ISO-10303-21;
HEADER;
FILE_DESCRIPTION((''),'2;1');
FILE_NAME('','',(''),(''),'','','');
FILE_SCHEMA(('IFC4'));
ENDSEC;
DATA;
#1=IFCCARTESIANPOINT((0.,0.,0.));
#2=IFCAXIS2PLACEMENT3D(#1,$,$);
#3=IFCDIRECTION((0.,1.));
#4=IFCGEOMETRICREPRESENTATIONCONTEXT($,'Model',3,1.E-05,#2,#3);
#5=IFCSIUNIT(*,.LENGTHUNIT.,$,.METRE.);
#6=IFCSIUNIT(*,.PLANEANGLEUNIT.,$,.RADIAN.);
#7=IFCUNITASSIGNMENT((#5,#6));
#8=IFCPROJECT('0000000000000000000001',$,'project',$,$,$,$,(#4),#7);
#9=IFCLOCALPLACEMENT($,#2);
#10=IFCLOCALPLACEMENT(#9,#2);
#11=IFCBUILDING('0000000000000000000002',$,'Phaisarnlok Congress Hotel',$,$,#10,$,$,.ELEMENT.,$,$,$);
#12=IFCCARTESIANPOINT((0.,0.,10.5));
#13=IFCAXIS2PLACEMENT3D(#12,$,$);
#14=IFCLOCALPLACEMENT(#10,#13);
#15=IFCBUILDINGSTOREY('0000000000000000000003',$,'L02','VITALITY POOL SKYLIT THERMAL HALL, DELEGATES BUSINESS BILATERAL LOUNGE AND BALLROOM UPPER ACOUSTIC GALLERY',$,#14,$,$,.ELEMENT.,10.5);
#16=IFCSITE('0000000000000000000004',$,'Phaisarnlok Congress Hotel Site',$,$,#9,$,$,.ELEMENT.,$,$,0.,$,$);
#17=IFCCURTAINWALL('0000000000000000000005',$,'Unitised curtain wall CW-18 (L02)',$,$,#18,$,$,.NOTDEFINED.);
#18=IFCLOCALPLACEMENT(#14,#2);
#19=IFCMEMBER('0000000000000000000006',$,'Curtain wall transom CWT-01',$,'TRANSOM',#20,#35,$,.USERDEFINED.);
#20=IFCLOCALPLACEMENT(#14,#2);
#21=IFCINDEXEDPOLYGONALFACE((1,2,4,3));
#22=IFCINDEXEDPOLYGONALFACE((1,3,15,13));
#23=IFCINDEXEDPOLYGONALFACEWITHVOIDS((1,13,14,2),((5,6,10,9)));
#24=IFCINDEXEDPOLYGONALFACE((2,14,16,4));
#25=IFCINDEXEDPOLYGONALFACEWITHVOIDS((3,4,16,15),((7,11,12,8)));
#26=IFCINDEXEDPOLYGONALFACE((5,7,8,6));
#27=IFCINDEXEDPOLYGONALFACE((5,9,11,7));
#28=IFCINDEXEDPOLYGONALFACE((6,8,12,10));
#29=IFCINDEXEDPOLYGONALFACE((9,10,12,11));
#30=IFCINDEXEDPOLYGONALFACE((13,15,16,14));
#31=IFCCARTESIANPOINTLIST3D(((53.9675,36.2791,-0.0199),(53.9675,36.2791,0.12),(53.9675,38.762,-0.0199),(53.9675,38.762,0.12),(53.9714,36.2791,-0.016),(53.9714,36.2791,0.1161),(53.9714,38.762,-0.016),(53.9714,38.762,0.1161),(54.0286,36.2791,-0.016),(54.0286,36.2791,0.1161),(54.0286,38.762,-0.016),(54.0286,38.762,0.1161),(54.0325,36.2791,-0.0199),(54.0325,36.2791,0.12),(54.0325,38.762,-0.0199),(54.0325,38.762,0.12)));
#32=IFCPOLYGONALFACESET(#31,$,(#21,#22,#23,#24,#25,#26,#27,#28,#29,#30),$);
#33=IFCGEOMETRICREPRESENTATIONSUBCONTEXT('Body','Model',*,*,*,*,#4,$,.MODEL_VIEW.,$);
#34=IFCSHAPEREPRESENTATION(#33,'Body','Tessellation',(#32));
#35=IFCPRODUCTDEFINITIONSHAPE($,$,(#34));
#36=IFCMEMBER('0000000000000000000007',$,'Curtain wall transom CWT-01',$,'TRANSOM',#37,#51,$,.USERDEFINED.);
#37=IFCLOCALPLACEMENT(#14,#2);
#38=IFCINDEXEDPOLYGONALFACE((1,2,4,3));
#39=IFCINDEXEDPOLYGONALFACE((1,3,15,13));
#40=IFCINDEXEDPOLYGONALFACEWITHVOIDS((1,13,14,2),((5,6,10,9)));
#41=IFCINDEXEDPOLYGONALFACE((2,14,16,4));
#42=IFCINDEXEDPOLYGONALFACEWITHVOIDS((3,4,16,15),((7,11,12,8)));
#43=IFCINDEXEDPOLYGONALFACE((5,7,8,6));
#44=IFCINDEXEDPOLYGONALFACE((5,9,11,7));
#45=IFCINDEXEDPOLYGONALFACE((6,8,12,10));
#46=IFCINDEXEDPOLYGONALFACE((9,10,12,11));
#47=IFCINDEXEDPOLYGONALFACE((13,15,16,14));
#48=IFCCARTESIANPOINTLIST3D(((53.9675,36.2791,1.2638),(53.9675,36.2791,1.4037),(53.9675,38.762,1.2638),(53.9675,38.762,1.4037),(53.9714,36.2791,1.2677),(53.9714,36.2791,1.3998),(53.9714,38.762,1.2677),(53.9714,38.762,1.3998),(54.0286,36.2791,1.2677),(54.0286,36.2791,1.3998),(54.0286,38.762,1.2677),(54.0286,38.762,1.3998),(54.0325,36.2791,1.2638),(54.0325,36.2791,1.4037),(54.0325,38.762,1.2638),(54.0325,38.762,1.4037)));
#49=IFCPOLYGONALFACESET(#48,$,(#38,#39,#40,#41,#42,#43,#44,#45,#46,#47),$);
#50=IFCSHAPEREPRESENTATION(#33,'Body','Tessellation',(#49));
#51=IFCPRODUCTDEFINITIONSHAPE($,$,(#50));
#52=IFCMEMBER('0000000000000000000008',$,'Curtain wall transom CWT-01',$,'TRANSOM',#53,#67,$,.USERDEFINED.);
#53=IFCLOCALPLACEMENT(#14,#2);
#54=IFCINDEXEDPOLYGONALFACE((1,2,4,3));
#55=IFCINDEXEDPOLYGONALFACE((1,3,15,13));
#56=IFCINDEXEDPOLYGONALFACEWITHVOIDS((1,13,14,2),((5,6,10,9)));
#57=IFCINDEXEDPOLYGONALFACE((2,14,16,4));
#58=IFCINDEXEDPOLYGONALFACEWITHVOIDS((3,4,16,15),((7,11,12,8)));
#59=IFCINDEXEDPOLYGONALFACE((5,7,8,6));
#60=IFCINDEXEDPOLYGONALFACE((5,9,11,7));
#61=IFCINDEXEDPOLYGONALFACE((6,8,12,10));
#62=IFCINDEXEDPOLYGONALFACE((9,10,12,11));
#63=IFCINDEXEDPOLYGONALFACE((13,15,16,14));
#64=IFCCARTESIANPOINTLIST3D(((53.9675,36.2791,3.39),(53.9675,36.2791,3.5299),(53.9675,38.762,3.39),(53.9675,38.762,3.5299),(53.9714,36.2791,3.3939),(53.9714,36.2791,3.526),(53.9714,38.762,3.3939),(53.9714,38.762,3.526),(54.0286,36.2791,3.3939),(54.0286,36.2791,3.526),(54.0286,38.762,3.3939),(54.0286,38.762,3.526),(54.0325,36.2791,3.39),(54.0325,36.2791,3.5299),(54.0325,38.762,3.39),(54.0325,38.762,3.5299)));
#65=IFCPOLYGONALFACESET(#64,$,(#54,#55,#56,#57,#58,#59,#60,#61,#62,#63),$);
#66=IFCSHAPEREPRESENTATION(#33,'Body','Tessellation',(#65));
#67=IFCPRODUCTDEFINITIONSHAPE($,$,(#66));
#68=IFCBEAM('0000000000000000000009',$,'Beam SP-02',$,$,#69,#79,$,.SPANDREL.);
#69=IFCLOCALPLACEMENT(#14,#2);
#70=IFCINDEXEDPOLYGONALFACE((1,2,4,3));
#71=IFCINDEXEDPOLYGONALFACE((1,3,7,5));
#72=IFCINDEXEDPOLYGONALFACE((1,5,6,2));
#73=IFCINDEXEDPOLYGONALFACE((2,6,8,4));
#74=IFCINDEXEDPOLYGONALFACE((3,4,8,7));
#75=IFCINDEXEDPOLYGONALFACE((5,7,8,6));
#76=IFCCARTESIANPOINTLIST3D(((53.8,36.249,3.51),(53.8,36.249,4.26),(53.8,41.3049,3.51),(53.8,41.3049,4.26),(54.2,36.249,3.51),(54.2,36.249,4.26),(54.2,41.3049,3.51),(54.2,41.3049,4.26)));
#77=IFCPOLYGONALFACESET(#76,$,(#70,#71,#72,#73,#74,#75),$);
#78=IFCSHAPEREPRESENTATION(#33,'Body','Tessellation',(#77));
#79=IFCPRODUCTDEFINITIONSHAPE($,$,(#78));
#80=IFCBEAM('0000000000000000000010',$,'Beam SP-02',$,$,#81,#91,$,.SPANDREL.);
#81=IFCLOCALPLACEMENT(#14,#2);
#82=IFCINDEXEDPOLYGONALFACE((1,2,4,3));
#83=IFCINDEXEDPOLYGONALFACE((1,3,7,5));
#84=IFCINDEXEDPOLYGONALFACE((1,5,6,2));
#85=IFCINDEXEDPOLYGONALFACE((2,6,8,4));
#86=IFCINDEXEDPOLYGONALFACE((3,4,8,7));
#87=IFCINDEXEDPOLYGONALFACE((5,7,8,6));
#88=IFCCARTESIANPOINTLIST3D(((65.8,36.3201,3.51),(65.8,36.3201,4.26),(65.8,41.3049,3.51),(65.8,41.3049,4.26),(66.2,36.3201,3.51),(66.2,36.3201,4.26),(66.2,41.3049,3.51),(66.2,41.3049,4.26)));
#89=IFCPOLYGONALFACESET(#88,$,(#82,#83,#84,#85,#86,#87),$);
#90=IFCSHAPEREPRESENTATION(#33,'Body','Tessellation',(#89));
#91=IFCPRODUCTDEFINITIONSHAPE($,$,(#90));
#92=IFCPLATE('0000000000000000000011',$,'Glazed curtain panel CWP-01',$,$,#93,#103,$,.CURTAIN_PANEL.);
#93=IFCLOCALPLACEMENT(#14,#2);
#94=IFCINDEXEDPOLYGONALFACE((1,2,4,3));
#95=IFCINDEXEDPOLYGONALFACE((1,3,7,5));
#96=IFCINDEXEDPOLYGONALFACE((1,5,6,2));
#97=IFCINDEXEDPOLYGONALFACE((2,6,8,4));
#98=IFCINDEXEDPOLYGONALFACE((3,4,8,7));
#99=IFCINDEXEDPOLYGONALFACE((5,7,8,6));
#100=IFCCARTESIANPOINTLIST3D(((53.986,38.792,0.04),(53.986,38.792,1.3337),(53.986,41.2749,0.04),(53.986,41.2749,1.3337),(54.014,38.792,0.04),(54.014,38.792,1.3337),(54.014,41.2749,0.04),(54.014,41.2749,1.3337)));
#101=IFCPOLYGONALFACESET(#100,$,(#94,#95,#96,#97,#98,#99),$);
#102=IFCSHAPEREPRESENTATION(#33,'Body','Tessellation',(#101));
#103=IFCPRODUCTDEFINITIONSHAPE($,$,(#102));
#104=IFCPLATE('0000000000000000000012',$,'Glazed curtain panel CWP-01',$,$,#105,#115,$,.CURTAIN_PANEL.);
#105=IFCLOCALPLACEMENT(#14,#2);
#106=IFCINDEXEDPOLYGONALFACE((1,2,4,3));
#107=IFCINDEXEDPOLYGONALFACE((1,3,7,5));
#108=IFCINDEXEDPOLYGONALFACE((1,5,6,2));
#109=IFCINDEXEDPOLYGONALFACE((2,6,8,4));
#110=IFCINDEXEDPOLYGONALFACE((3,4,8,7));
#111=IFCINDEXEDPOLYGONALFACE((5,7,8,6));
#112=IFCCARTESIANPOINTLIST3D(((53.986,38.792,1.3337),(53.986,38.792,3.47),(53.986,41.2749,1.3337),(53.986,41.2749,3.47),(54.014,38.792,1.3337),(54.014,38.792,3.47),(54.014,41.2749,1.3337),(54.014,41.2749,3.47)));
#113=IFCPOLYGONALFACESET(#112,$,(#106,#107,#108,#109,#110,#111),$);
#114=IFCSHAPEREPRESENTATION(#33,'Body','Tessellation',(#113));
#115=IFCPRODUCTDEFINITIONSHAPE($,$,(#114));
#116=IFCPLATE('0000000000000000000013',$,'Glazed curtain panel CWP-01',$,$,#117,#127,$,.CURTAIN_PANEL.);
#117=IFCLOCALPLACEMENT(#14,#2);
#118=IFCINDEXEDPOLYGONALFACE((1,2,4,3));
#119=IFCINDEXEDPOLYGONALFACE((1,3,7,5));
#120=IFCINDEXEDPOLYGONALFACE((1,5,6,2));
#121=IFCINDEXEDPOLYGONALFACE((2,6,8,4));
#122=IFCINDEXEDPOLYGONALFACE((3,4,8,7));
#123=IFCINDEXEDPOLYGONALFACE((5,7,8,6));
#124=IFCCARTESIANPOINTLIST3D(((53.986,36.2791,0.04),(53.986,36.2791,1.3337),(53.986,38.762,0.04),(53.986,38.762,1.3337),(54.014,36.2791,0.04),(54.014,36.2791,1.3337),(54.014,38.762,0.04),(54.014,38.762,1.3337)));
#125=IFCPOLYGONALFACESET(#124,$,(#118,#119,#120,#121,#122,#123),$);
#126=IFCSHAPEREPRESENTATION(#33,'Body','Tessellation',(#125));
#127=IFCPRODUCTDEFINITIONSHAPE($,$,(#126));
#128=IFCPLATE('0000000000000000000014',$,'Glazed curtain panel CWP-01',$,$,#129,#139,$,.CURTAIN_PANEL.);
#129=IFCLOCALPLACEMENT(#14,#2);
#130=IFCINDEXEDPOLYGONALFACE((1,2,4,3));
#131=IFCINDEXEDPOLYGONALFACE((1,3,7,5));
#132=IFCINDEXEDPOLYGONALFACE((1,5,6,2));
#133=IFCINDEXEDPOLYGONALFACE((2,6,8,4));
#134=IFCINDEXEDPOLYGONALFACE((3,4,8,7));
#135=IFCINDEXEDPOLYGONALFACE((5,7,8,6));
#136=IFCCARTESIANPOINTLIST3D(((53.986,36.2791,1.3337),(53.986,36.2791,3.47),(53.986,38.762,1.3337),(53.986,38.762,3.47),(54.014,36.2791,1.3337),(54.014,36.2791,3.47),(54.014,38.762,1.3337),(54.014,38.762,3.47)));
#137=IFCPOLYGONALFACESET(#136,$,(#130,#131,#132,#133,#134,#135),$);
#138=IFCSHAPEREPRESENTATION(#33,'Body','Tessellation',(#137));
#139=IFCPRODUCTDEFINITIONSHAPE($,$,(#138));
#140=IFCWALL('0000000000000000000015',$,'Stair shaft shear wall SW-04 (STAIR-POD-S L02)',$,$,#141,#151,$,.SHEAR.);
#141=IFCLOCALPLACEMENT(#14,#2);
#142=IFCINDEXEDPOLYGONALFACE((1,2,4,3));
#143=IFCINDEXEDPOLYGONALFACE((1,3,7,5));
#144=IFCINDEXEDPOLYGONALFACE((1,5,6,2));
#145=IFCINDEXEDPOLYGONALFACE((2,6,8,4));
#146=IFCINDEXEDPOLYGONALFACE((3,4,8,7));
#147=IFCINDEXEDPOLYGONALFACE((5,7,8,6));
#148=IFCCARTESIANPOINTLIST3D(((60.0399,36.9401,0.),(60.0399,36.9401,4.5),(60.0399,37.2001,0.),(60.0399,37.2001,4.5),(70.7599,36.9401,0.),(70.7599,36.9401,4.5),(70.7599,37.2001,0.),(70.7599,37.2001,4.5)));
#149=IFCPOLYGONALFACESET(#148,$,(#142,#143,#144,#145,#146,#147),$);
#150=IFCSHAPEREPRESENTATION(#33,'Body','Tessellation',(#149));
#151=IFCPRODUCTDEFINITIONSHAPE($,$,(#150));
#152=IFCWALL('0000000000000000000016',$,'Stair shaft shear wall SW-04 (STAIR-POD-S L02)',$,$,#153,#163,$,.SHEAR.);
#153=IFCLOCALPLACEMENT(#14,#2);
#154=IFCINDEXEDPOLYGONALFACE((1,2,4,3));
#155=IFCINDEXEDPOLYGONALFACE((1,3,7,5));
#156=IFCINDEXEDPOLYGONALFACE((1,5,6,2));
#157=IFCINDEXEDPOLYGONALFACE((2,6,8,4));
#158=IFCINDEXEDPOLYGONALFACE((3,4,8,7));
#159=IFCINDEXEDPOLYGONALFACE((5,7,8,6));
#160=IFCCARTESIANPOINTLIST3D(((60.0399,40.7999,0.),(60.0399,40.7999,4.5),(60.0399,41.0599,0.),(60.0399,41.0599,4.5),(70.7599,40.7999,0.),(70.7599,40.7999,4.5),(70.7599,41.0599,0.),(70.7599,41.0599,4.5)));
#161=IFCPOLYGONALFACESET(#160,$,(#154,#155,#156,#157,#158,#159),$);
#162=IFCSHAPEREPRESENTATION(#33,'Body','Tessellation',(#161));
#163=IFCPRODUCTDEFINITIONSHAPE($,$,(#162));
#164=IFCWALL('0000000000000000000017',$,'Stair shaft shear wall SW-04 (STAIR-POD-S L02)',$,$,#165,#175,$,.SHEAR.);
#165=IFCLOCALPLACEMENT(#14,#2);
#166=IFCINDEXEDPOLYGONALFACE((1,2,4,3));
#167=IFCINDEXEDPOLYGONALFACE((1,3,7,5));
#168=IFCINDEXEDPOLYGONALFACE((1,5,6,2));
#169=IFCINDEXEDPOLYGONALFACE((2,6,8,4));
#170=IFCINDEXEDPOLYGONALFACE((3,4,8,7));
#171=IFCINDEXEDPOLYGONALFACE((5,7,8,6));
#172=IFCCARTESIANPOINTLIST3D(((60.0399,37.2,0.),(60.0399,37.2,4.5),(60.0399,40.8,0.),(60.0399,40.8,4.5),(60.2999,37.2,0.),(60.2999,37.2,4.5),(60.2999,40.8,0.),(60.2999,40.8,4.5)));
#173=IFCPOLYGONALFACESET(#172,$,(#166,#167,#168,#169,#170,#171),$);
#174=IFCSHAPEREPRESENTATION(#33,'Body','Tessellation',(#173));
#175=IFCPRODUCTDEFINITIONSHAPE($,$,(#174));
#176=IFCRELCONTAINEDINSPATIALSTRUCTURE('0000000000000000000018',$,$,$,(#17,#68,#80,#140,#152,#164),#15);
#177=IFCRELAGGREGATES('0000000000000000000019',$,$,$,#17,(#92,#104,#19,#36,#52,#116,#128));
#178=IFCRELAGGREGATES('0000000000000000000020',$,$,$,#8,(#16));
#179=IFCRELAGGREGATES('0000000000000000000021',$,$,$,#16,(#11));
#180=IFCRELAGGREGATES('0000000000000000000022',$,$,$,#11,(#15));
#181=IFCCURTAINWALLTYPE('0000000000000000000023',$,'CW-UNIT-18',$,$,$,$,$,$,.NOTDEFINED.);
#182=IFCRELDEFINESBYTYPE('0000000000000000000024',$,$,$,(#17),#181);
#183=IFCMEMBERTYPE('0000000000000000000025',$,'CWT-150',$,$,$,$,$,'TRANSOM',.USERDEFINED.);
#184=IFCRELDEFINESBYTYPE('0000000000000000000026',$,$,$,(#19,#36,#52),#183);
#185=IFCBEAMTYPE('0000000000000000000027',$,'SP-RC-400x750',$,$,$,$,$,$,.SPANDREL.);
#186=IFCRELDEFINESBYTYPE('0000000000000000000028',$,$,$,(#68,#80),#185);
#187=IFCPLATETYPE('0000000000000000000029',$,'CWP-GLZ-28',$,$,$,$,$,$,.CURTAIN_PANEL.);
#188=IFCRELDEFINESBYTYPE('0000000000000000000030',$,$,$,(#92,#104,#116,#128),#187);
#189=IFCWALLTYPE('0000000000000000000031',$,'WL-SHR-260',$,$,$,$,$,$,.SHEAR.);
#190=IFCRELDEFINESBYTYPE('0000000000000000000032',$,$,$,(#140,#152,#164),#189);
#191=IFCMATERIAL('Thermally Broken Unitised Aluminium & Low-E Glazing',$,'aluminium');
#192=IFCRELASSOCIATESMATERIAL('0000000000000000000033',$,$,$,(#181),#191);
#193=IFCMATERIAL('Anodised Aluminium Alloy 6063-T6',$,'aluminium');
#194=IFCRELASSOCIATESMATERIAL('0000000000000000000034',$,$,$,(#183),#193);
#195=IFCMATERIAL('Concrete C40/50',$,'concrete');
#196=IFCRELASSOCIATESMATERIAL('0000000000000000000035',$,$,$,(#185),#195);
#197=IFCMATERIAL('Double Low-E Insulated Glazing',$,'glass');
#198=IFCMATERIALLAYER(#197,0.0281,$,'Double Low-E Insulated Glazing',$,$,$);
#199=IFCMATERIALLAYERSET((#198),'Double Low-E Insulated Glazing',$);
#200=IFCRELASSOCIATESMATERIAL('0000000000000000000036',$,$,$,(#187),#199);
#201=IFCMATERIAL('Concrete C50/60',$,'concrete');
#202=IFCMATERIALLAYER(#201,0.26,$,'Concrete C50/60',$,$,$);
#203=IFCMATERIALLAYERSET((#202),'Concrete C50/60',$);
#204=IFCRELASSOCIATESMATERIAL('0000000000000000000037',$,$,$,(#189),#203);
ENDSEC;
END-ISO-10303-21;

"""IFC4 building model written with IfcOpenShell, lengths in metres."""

from ifc_helpers import new_model, si_unit, direction, frame, frame_2d, origin, origin_2d, place, context, subcontext, project, spatial, rectangle, hollow_rectangle, extrude, material, layer, layer_set, material_profile, profile_set, type_object, element, aggregate, save


model = new_model("IFC4")

# Units and contexts
model_context = context("Model", 3, precision=1e-05, world=origin(), true_north=direction((0.0, 1.0)))
body_context = subcontext(model_context, "Body", "Model", "MODEL_VIEW")
ifc_project = project(units=[si_unit("LENGTHUNIT", "METRE"), si_unit("PLANEANGLEUNIT", "RADIAN")], contexts=[model_context])

# Site, building, storey
site_placement = place(None, origin())
site = spatial("IfcSite", under=ifc_project, at=site_placement, Name="Phaisarnlok Congress Hotel Site", CompositionType="ELEMENT", RefElevation=0.0)
building_placement = place(site_placement, origin())
building = spatial("IfcBuilding", under=site, at=building_placement, Name="Phaisarnlok Congress Hotel", CompositionType="ELEMENT")
storey_placement = place(building_placement, frame((0.0, 0.0, 10.5)))
storey = spatial("IfcBuildingStorey", under=building, at=storey_placement, Name="L02", Description="VITALITY POOL SKYLIT THERMAL HALL, DELEGATES BUSINESS BILATERAL LOUNGE AND BALLROOM UPPER ACOUSTIC GALLERY", CompositionType="ELEMENT", Elevation=10.5)

# Shared definitions
ifc_material_1 = material(Name="Concrete C50/60", Category="concrete")

# Shared definitions
ifc_material_2 = material(Name="Concrete C40/50", Category="concrete")

# Curtain wall, members
ifc_material_3 = material(Name="Thermally Broken Unitised Aluminium & Low-E Glazing", Category="aluminium")
curtain_wall_type = type_object("IfcCurtainWallType", Name="CW-UNIT-18", PredefinedType="NOTDEFINED", material=ifc_material_3)
curtain_wall_placement = place(storey_placement, origin())
curtain_wall = element("IfcCurtainWall", 1, at=curtain_wall_placement, inside=storey, type_object=curtain_wall_type, Name="Unitised curtain wall CW-18 (L02)", PredefinedType="NOTDEFINED")
ifc_material_4 = material(Name="Anodised Aluminium Alloy 6063-T6", Category="aluminium")
ifc_material_profile_1 = material_profile(ifc_material_4, hollow_rectangle(XDim=0.0649, YDim=0.1399, WallThickness=0.0039, at=origin_2d()), Name="ALU-T 65x140x4")
ifc_profile_set_1 = profile_set([ifc_material_profile_1], Name="Anodised Aluminium Alloy 6063-T6")
member_type_1 = type_object("IfcMemberType", Name="CWT-150", ElementType="TRANSOM", PredefinedType="USERDEFINED", material=ifc_profile_set_1)
member_1_placement = place(storey_placement, frame((54.0, 38.762, 0.05), z_axis=(0.0, -1.0, 0.0), x_axis=(1.0, 0.0, 0.0)))
member_1 = element("IfcMember", 2, at=member_1_placement, type_object=member_type_1, Name="Curtain wall transom CWT-01", ObjectType="TRANSOM", PredefinedType="USERDEFINED", context=body_context, shape_type="SweptSolid", body=[
    extrude(hollow_rectangle(XDim=0.0649, YDim=0.1399, WallThickness=0.0039, at=origin_2d()), origin(), (0.0, 0.0, 1.0), 2.4829),
])
member_2_placement = place(storey_placement, frame((54.0, 38.762, 1.3337), z_axis=(0.0, -1.0, 0.0), x_axis=(1.0, 0.0, 0.0)))
member_2 = element("IfcMember", 3, at=member_2_placement, type_object=member_type_1, Name="Curtain wall transom CWT-01", ObjectType="TRANSOM", PredefinedType="USERDEFINED", context=body_context, shape_type="SweptSolid", body=[
    extrude(hollow_rectangle(XDim=0.0649, YDim=0.1399, WallThickness=0.0039, at=origin_2d()), origin(), (0.0, 0.0, 1.0), 2.4829),
])
member_3_placement = place(storey_placement, frame((54.0, 38.762, 3.46), z_axis=(0.0, -1.0, 0.0), x_axis=(1.0, 0.0, 0.0)))
member_3 = element("IfcMember", 4, at=member_3_placement, type_object=member_type_1, Name="Curtain wall transom CWT-01", ObjectType="TRANSOM", PredefinedType="USERDEFINED", context=body_context, shape_type="SweptSolid", body=[
    extrude(hollow_rectangle(XDim=0.0649, YDim=0.1399, WallThickness=0.0039, at=origin_2d()), origin(), (0.0, 0.0, 1.0), 2.4829),
])

# Beams
ifc_material_profile_2 = material_profile(ifc_material_2, rectangle(XDim=0.3999, YDim=0.75, at=origin_2d()), Name="RC 400x750")
ifc_profile_set_2 = profile_set([ifc_material_profile_2], Name="Concrete C40/50")
beam_type_1 = type_object("IfcBeamType", Name="SP-RC-400x750", PredefinedType="SPANDREL", material=ifc_profile_set_2)
beam_1_placement = place(storey_placement, frame((54.0, 36.249, 3.885), z_axis=(0.0, 1.0, 0.0), x_axis=(-1.0, 0.0, 0.0)))
element("IfcBeam", 5, at=beam_1_placement, inside=storey, type_object=beam_type_1, Name="Beam SP-02", PredefinedType="SPANDREL", context=body_context, shape_type="SweptSolid", body=[
    extrude(rectangle(XDim=0.3999, YDim=0.75, at=origin_2d()), origin(), (0.0, 0.0, 1.0), 5.0559),
])
beam_2_placement = place(storey_placement, frame((66.0, 36.3201, 3.885), z_axis=(0.0, 1.0, 0.0), x_axis=(-1.0, 0.0, 0.0)))
element("IfcBeam", 6, at=beam_2_placement, inside=storey, type_object=beam_type_1, Name="Beam SP-02", PredefinedType="SPANDREL", context=body_context, shape_type="SweptSolid", body=[
    extrude(rectangle(XDim=0.3999, YDim=0.75, at=origin_2d()), origin(), (0.0, 0.0, 1.0), 4.9849),
])

# Plates
ifc_material_5 = material(Name="Double Low-E Insulated Glazing", Category="glass")
ifc_layer_1 = layer(ifc_material_5, 0.0281, Name="Double Low-E Insulated Glazing")
ifc_layer_set_1 = layer_set([ifc_layer_1], Name="Double Low-E Insulated Glazing")
plate_type = type_object("IfcPlateType", Name="CWP-GLZ-28", PredefinedType="CURTAIN_PANEL", material=ifc_layer_set_1)
plate_1_placement = place(storey_placement, frame((54.0, 41.2749, 0.04), z_axis=(0.0, 0.0, 1.0), x_axis=(0.0, -1.0, 0.0)))
plate_1 = element("IfcPlate", 7, at=plate_1_placement, type_object=plate_type, Name="Glazed curtain panel CWP-01", PredefinedType="CURTAIN_PANEL", context=body_context, shape_type="SweptSolid", body=[
    extrude(rectangle(XDim=2.4829, YDim=0.0281, at=frame_2d((1.2415, 0.0))), origin(), (0.0, 0.0, 1.0), 1.2937),
])
plate_2_placement = place(storey_placement, frame((54.0, 41.2749, 1.3337), z_axis=(0.0, 0.0, 1.0), x_axis=(0.0, -1.0, 0.0)))
plate_2 = element("IfcPlate", 8, at=plate_2_placement, type_object=plate_type, Name="Glazed curtain panel CWP-01", PredefinedType="CURTAIN_PANEL", context=body_context, shape_type="SweptSolid", body=[
    extrude(rectangle(XDim=2.4829, YDim=0.0281, at=frame_2d((1.2415, 0.0))), origin(), (0.0, 0.0, 1.0), 2.1362),
])
plate_3_placement = place(storey_placement, frame((54.0, 38.762, 0.04), z_axis=(0.0, 0.0, 1.0), x_axis=(0.0, -1.0, 0.0)))
plate_3 = element("IfcPlate", 9, at=plate_3_placement, type_object=plate_type, Name="Glazed curtain panel CWP-01", PredefinedType="CURTAIN_PANEL", context=body_context, shape_type="SweptSolid", body=[
    extrude(rectangle(XDim=2.4829, YDim=0.0281, at=frame_2d((1.2415, 0.0))), origin(), (0.0, 0.0, 1.0), 1.2937),
])
plate_4_placement = place(storey_placement, frame((54.0, 38.762, 1.3337), z_axis=(0.0, 0.0, 1.0), x_axis=(0.0, -1.0, 0.0)))
plate_4 = element("IfcPlate", 10, at=plate_4_placement, type_object=plate_type, Name="Glazed curtain panel CWP-01", PredefinedType="CURTAIN_PANEL", context=body_context, shape_type="SweptSolid", body=[
    extrude(rectangle(XDim=2.4829, YDim=0.0281, at=frame_2d((1.2415, 0.0))), origin(), (0.0, 0.0, 1.0), 2.1362),
])
aggregate(curtain_wall, [plate_1, plate_2, member_1, member_2, member_3, plate_3, plate_4])

# Walls
ifc_layer_2 = layer(ifc_material_1, 0.26, Name="Concrete C50/60")
ifc_layer_set_2 = layer_set([ifc_layer_2], Name="Concrete C50/60")
wall_type = type_object("IfcWallType", Name="WL-SHR-260", PredefinedType="SHEAR", material=ifc_layer_set_2)
for number, where, z_axis, x_axis, name in (
    (11, (60.04, 37.0701, 0.0), (0.0, 0.0, 1.0), (1.0, 0.0, 0.0), "Stair shaft shear wall SW-04 (STAIR-POD-S L02)"),
    (12, (60.04, 40.9299, 0.0), (0.0, 0.0, 1.0), (1.0, 0.0, 0.0), "Stair shaft shear wall SW-04 (STAIR-POD-S L02)"),
):
    element("IfcWall", number, at=place(storey_placement, frame(where, z_axis=z_axis, x_axis=x_axis)), inside=storey, type_object=wall_type, Name=name, PredefinedType="SHEAR", context=body_context, shape_type="SweptSolid", body=[
        extrude(rectangle(XDim=10.72, YDim=0.26, at=frame_2d((5.3599, 0.0))), origin(), (0.0, 0.0, 1.0), 4.5),
    ])
wall_placement = place(storey_placement, frame((60.1699, 37.2, 0.0), z_axis=(0.0, 0.0, 1.0), x_axis=(0.0, 1.0, 0.0)))
element("IfcWall", 13, at=wall_placement, inside=storey, type_object=wall_type, Name="Stair shaft shear wall SW-04 (STAIR-POD-S L02)", PredefinedType="SHEAR", context=body_context, shape_type="SweptSolid", body=[
    extrude(rectangle(XDim=3.6001, YDim=0.26, at=frame_2d((1.8, 0.0))), origin(), (0.0, 0.0, 1.0), 4.5),
])

save(model, "model.ifc")
